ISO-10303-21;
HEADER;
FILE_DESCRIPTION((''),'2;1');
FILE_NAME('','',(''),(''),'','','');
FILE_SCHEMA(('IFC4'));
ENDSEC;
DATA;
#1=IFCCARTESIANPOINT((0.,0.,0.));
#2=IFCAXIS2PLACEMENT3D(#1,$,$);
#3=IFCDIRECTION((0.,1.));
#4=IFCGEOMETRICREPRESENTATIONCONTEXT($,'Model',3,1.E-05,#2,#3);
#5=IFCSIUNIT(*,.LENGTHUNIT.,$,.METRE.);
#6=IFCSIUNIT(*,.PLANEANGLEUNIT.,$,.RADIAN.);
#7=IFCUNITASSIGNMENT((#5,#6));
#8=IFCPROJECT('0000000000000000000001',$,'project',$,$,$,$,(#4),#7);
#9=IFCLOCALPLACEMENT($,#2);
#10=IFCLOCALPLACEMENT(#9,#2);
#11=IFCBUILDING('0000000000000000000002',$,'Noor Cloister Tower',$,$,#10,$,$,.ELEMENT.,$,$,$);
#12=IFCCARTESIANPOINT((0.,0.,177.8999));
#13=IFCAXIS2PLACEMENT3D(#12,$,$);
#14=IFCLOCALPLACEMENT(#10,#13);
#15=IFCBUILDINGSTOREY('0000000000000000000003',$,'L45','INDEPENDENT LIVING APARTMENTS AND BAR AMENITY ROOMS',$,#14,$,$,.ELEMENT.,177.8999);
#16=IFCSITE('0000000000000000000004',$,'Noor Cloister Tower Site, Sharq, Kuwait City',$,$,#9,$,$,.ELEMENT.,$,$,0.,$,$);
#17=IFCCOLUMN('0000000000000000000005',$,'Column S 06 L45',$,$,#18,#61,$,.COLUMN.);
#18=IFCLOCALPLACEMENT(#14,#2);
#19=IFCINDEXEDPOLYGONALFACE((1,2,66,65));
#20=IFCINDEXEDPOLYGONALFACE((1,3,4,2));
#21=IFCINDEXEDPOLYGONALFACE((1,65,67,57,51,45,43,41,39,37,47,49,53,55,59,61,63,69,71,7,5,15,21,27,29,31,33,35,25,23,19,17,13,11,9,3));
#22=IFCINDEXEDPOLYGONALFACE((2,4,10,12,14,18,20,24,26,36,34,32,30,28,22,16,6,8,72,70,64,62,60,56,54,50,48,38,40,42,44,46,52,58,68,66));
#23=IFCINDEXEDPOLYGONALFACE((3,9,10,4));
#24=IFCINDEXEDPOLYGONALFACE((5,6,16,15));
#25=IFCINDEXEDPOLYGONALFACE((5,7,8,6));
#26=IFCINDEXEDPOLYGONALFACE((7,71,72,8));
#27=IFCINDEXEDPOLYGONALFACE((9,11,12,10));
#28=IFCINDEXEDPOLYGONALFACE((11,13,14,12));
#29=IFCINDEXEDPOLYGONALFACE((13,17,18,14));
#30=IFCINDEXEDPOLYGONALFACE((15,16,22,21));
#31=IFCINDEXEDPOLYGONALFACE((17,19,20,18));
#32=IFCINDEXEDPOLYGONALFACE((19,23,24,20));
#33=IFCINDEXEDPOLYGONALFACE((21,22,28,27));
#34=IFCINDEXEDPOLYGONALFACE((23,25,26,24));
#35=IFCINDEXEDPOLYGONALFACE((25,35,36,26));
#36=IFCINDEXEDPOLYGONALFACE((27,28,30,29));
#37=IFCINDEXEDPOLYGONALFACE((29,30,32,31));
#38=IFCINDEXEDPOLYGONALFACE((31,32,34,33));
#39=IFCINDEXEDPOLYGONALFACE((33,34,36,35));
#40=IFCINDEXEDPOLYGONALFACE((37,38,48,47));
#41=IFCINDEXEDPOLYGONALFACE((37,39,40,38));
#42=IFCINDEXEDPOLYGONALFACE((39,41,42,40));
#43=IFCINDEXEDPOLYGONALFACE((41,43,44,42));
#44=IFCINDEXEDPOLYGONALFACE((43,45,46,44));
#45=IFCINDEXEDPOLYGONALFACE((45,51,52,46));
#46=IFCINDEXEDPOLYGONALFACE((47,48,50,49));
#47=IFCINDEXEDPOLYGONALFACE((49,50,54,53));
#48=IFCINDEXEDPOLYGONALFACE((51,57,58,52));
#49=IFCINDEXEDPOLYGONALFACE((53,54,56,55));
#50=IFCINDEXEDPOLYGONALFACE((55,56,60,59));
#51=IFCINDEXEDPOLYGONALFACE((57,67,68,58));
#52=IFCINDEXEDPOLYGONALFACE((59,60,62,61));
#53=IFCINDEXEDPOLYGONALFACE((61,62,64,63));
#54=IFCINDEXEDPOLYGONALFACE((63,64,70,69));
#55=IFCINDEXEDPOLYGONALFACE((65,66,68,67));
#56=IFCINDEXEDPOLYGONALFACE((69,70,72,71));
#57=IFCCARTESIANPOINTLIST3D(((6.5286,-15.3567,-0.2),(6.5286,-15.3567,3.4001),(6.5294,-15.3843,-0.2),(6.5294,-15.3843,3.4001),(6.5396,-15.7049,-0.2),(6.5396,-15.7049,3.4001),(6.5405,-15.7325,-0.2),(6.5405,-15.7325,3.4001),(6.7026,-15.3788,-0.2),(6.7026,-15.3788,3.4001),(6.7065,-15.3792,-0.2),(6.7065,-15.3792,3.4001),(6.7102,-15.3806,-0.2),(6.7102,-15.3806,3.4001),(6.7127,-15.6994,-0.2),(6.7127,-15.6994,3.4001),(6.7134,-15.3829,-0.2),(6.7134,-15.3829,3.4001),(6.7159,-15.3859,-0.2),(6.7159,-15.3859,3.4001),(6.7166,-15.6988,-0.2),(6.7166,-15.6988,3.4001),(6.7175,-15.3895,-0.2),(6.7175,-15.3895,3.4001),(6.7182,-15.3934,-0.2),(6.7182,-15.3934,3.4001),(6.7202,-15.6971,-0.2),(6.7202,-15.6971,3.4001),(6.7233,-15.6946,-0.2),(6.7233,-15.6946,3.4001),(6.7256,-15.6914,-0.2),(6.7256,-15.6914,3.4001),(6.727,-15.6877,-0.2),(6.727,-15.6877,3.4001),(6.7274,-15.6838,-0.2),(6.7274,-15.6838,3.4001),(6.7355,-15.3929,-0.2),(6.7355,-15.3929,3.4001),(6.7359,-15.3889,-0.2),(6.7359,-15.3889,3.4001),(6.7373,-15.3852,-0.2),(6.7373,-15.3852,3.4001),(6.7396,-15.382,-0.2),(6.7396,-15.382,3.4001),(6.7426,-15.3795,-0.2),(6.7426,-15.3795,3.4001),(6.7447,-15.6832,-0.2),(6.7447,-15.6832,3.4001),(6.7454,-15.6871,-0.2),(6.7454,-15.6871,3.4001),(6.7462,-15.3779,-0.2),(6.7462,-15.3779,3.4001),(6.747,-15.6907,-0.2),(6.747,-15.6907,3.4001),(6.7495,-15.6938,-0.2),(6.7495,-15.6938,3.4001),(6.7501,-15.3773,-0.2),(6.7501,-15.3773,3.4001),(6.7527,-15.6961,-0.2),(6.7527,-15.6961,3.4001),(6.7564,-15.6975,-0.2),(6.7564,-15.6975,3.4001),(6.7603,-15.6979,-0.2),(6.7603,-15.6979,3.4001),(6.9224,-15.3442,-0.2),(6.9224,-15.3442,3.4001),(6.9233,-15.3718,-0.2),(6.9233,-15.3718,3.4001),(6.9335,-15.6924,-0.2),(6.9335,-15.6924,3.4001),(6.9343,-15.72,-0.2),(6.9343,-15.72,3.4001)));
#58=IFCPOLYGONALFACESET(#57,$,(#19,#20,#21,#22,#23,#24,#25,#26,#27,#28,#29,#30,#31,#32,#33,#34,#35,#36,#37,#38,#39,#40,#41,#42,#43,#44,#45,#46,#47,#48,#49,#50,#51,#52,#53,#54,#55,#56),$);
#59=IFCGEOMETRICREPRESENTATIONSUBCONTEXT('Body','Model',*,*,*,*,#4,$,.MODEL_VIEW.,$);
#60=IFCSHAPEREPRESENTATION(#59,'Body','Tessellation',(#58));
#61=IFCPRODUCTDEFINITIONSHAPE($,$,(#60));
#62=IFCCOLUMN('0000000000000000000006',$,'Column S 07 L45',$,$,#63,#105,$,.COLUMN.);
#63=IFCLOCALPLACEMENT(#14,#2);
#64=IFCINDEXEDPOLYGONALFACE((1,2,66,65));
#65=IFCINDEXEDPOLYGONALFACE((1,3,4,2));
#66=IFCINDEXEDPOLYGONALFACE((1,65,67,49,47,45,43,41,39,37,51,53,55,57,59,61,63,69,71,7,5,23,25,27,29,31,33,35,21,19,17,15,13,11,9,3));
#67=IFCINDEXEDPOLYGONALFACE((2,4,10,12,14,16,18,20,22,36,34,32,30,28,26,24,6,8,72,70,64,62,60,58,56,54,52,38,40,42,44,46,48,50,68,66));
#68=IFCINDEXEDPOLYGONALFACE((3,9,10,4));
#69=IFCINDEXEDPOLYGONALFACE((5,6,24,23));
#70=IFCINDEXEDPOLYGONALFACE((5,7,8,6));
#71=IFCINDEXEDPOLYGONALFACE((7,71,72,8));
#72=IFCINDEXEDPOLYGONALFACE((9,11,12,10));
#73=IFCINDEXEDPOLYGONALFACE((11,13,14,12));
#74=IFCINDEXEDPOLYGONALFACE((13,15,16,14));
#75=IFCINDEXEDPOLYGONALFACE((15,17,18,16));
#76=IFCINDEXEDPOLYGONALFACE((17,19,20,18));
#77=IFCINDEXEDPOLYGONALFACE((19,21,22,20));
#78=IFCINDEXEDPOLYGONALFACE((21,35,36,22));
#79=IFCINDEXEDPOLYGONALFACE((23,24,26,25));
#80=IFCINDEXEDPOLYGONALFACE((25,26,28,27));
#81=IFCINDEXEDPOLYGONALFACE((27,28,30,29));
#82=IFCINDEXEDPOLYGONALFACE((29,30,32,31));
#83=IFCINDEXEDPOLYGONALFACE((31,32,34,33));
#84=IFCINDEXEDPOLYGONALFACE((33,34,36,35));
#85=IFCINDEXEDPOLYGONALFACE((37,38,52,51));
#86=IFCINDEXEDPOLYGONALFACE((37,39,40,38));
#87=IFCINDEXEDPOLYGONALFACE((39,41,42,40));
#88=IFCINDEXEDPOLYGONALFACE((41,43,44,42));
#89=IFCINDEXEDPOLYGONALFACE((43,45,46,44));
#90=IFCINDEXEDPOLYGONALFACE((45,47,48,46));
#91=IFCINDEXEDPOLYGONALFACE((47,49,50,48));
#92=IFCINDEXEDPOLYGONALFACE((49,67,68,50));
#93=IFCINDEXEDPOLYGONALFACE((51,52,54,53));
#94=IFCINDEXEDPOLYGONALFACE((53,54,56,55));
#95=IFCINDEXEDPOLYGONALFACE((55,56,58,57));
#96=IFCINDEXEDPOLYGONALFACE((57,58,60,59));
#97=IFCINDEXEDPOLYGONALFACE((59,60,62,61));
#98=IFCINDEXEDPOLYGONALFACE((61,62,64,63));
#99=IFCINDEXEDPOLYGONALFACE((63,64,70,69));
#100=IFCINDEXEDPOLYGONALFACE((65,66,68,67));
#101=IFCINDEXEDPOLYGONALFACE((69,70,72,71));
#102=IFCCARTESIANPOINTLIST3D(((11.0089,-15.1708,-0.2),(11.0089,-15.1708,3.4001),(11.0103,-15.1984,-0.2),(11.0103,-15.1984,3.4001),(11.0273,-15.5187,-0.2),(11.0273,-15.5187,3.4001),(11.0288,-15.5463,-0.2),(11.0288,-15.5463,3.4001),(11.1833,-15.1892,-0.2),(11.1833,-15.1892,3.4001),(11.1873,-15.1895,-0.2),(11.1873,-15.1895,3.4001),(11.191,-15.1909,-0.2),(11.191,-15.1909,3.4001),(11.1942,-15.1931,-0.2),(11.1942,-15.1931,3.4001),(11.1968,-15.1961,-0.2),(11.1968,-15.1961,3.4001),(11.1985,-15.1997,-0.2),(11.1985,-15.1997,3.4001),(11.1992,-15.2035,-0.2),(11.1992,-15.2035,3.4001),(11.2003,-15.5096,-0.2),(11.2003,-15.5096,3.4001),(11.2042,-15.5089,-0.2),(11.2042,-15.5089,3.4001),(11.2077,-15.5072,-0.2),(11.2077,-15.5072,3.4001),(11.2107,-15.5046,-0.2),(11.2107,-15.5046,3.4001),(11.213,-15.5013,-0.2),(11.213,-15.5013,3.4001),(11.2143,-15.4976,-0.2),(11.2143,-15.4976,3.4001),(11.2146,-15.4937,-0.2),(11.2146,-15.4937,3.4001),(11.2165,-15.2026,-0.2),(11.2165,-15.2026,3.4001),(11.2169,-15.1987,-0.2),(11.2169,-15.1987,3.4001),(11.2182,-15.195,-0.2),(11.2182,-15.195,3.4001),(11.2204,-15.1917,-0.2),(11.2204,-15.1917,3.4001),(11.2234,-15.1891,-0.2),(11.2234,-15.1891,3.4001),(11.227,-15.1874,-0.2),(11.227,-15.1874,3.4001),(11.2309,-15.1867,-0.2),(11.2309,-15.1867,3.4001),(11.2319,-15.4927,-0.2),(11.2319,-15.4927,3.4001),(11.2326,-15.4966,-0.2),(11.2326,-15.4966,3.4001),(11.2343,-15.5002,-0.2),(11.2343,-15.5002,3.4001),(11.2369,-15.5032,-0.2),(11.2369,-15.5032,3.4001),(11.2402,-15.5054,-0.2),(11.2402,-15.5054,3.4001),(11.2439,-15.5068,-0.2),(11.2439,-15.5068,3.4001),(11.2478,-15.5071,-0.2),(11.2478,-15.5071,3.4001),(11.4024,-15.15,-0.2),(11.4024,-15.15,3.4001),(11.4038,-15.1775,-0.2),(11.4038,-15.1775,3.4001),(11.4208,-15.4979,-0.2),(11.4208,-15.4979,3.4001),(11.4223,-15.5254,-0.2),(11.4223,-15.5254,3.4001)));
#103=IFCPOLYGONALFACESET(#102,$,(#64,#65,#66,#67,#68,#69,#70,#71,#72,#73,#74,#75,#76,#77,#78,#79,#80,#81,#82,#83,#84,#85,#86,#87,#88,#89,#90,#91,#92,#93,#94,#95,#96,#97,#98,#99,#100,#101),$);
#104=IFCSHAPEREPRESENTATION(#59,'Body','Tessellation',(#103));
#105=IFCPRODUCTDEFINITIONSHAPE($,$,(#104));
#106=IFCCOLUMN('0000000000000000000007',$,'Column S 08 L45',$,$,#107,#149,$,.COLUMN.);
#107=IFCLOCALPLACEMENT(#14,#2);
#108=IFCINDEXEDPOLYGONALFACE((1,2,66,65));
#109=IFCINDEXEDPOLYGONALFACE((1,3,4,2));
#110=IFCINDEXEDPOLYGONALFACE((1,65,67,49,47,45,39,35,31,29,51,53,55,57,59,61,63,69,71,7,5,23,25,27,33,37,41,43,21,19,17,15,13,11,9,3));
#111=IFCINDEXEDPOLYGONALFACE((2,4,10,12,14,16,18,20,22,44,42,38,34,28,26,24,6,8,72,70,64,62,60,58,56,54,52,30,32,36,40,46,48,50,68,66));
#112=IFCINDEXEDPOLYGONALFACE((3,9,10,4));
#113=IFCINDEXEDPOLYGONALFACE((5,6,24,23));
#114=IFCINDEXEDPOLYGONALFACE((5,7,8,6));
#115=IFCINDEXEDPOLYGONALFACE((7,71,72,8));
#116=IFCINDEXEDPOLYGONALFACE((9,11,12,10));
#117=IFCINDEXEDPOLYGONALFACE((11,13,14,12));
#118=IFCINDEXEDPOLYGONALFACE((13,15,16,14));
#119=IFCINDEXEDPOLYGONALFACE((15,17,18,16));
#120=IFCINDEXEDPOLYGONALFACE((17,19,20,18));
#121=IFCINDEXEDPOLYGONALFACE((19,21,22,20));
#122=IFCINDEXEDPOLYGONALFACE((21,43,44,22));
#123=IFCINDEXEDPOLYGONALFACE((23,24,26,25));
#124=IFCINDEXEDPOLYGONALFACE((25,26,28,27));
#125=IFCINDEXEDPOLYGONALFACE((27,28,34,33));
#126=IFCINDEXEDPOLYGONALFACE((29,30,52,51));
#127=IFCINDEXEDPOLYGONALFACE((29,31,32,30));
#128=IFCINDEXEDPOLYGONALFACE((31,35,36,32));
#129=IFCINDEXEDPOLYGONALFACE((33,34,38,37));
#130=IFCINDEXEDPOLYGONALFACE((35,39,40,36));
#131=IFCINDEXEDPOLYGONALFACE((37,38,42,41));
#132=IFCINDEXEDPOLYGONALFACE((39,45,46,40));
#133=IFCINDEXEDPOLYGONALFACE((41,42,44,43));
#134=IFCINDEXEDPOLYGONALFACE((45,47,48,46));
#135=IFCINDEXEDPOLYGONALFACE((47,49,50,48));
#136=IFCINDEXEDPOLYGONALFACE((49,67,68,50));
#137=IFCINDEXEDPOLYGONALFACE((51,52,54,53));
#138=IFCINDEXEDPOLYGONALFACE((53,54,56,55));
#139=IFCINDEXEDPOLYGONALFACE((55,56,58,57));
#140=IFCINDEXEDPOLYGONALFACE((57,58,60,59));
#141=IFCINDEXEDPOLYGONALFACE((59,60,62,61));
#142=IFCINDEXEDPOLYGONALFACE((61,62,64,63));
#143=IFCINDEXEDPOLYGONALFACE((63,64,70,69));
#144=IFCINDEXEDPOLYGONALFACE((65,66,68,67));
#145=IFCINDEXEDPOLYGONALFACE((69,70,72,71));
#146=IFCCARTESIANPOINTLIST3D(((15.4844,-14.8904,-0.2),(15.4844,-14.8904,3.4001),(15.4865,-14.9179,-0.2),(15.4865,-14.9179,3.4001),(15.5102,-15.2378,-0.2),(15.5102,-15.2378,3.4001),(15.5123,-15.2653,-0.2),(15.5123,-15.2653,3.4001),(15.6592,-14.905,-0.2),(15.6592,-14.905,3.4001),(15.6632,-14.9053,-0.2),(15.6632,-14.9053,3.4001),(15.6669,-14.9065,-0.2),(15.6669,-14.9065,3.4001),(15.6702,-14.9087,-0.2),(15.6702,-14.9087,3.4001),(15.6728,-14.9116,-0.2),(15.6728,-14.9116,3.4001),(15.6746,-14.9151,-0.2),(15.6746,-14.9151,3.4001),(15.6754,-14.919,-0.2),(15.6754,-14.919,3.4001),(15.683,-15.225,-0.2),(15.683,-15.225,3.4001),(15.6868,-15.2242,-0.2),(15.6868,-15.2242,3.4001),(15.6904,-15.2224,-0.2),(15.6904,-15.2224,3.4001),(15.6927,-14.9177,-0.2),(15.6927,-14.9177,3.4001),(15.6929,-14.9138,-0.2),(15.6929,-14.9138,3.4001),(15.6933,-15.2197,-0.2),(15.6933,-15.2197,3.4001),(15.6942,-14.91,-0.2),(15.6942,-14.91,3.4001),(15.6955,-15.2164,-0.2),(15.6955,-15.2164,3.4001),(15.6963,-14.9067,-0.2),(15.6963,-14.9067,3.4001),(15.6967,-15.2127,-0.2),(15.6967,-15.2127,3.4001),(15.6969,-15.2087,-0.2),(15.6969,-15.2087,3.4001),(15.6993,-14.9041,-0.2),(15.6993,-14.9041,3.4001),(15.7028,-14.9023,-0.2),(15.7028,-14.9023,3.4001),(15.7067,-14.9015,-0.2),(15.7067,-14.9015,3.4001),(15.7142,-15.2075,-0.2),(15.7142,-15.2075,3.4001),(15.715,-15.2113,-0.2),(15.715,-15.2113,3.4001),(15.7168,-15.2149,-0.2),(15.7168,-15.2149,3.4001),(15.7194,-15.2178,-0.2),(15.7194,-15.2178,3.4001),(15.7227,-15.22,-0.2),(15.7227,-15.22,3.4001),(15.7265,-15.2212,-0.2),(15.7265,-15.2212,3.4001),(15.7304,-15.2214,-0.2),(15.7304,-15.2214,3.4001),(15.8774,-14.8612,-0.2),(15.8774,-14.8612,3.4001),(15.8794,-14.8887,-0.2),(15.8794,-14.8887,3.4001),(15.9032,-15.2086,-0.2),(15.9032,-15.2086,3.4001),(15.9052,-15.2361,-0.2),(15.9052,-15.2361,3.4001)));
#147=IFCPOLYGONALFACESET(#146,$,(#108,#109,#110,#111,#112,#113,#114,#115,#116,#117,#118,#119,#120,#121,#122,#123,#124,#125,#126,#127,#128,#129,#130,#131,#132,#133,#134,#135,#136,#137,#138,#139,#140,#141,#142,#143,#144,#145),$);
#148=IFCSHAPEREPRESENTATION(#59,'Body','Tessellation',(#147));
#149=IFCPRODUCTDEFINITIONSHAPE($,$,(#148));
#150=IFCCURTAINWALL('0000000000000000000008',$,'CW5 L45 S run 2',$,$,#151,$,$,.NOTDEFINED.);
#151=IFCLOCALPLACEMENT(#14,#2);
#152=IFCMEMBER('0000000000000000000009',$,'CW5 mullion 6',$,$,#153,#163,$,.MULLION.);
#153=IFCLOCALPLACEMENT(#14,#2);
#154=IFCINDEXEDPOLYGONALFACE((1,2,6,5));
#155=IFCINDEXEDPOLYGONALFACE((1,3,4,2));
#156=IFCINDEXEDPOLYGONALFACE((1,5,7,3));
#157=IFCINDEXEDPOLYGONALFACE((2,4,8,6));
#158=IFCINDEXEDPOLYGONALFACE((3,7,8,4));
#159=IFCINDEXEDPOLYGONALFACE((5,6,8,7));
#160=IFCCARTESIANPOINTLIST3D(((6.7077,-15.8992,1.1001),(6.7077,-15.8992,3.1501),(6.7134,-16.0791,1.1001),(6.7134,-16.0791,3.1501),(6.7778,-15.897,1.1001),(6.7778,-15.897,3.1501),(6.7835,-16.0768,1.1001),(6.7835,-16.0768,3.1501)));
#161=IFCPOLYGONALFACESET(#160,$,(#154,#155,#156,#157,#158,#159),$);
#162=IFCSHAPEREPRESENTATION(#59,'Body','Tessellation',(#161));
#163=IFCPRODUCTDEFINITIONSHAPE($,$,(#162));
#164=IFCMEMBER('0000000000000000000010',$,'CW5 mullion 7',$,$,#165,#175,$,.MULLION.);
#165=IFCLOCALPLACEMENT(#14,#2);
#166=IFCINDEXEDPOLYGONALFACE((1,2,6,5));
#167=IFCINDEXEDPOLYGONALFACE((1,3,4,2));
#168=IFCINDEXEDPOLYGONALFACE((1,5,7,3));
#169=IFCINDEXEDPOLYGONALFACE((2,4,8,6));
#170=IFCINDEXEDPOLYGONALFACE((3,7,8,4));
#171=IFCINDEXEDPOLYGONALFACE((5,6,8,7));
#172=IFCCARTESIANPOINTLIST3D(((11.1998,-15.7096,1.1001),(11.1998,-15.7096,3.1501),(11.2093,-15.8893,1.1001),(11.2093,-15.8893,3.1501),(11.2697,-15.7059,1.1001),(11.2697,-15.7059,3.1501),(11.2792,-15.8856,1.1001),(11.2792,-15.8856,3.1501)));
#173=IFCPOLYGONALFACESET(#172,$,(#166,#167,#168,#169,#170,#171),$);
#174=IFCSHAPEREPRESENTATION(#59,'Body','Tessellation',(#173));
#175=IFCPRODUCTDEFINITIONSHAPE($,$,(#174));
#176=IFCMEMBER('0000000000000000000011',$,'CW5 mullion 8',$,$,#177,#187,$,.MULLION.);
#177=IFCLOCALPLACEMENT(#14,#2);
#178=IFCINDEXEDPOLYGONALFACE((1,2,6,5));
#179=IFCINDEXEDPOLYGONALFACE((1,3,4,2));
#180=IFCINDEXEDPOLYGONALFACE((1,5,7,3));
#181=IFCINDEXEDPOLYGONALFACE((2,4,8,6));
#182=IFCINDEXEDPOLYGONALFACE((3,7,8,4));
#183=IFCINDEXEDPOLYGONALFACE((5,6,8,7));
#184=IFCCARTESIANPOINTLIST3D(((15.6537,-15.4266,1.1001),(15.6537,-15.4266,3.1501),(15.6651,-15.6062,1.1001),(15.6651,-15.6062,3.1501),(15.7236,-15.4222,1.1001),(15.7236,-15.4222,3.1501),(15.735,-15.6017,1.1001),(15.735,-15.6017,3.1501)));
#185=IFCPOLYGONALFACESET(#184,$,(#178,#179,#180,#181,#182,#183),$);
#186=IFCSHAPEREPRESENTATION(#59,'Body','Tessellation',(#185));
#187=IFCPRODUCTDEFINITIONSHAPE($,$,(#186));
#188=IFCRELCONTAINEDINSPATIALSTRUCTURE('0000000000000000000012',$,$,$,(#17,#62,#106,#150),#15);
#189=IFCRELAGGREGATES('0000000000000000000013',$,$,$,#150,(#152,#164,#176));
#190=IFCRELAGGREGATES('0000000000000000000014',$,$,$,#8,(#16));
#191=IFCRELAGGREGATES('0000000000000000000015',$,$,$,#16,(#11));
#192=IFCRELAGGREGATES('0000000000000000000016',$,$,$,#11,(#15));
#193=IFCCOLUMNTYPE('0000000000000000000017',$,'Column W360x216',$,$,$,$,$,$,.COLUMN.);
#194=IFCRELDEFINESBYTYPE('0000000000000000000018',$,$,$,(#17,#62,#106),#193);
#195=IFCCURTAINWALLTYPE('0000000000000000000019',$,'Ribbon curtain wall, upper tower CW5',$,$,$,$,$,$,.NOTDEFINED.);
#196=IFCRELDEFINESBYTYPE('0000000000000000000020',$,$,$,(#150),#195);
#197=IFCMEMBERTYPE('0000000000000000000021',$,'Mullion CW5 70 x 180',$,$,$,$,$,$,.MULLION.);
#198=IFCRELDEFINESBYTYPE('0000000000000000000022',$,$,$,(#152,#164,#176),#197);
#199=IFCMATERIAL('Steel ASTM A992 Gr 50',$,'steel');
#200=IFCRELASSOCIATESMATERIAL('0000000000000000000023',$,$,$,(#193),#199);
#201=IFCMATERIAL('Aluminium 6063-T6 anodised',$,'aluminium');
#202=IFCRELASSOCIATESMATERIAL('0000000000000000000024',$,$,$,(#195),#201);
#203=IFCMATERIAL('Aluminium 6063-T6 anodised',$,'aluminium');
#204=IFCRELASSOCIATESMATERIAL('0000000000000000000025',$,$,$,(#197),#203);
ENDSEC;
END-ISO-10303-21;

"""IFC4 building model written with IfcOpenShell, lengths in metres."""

from ifc_helpers import new_model, si_unit, direction, frame, origin, origin_2d, place, context, subcontext, project, spatial, rectangle, i_section, extrude, material, material_profile, profile_set, type_object, element, aggregate, save


model = new_model("IFC4")

# Units and contexts
model_context = context("Model", 3, precision=1e-05, world=origin(), true_north=direction((0.0, 1.0)))
body_context = subcontext(model_context, "Body", "Model", "MODEL_VIEW")
ifc_project = project(units=[si_unit("LENGTHUNIT", "METRE"), si_unit("PLANEANGLEUNIT", "RADIAN")], contexts=[model_context])

# Site, building, storey
site_placement = place(None, origin())
site = spatial("IfcSite", under=ifc_project, at=site_placement, Name="Noor Cloister Tower Site, Sharq, Kuwait City", CompositionType="ELEMENT", RefElevation=0.0)
building_placement = place(site_placement, origin())
building = spatial("IfcBuilding", under=site, at=building_placement, Name="Noor Cloister Tower", CompositionType="ELEMENT")
storey_placement = place(building_placement, frame((0.0, 0.0, 177.8999)))
storey = spatial("IfcBuildingStorey", under=building, at=storey_placement, Name="L45", Description="INDEPENDENT LIVING APARTMENTS AND BAR AMENITY ROOMS", CompositionType="ELEMENT", Elevation=177.8999)

# Columns
ifc_material_1 = material(Name="Steel ASTM A992 Gr 50", Category="steel")
ifc_material_profile_1 = material_profile(ifc_material_1, i_section(OverallWidth=0.394, OverallDepth=0.376, WebThickness=0.0173, FlangeThickness=0.0276, FilletRadius=0.0151, at=origin_2d()), Name="W360x216")
ifc_profile_set_1 = profile_set([ifc_material_profile_1], Name="Steel ASTM A992 Gr 50")
column_type = type_object("IfcColumnType", Name="Column W360x216", PredefinedType="COLUMN", material=ifc_profile_set_1)
for number, where, z_axis, x_axis, name in (
    (1, (6.7314, -15.5383, -0.2), (0.0, 0.0, 1.0), (0.999495, 0.031767, 0.0), "Column S 06 L45"),
    (2, (11.2156, -15.3481, -0.2), (0.0, 0.0, 1.0), (0.998598, 0.052929, 0.0), "Column S 07 L45"),
    (3, (15.6948, -15.0632, -0.2), (0.0, 0.0, 1.0), (0.997253, 0.074068, 0.0), "Column S 08 L45"),
):
    element("IfcColumn", number, at=place(storey_placement, frame(where, z_axis=z_axis, x_axis=x_axis)), inside=storey, type_object=column_type, Name=name, PredefinedType="COLUMN", context=body_context, shape_type="SweptSolid", body=[
        extrude(i_section(OverallWidth=0.394, OverallDepth=0.376, WebThickness=0.0173, FlangeThickness=0.0276, FilletRadius=0.0151, at=origin_2d()), origin(), (0.0, 0.0, 1.0), 3.6001),
    ])

# Curtain wall, members
ifc_material_2 = material(Name="Aluminium 6063-T6 anodised", Category="aluminium")
curtain_wall_type = type_object("IfcCurtainWallType", Name="Ribbon curtain wall, upper tower CW5", PredefinedType="NOTDEFINED", material=ifc_material_2)
curtain_wall_placement = place(storey_placement, origin())
curtain_wall = element("IfcCurtainWall", 4, at=curtain_wall_placement, inside=storey, type_object=curtain_wall_type, Name="CW5 L45 S run 2", PredefinedType="NOTDEFINED")
ifc_material_3 = material(Name="Aluminium 6063-T6 anodised", Category="aluminium")
ifc_material_profile_2 = material_profile(ifc_material_3, rectangle(XDim=0.1799, YDim=0.0701, at=origin_2d()), Name="180 x 70 mullion")
ifc_profile_set_2 = profile_set([ifc_material_profile_2], Name="Aluminium 6063-T6 anodised")
member_type = type_object("IfcMemberType", Name="Mullion CW5 70 x 180", PredefinedType="MULLION", material=ifc_profile_set_2)
member_1_placement = place(storey_placement, frame((6.7456, -15.988, 1.1001), z_axis=(0.0, 0.0, 1.0), x_axis=(-0.031767, 0.999495, 0.0)))
member_1 = element("IfcMember", 5, at=member_1_placement, type_object=member_type, Name="CW5 mullion 6", PredefinedType="MULLION", context=body_context, shape_type="SweptSolid", body=[
    extrude(rectangle(XDim=0.1799, YDim=0.0701, at=origin_2d()), origin(), (0.0, 0.0, 1.0), 2.05),
])
member_2_placement = place(storey_placement, frame((11.2395, -15.7976, 1.1001), z_axis=(0.0, 0.0, 1.0), x_axis=(-0.052929, 0.998598, 0.0)))
member_2 = element("IfcMember", 6, at=member_2_placement, type_object=member_type, Name="CW5 mullion 7", PredefinedType="MULLION", context=body_context, shape_type="SweptSolid", body=[
    extrude(rectangle(XDim=0.1799, YDim=0.0701, at=origin_2d()), origin(), (0.0, 0.0, 1.0), 2.05),
])
member_3_placement = place(storey_placement, frame((15.6943, -15.5142, 1.1001), z_axis=(0.0, 0.0, 1.0), x_axis=(-0.063502, 0.997982, 0.0)))
member_3 = element("IfcMember", 7, at=member_3_placement, type_object=member_type, Name="CW5 mullion 8", PredefinedType="MULLION", context=body_context, shape_type="SweptSolid", body=[
    extrude(rectangle(XDim=0.1799, YDim=0.0701, at=origin_2d()), origin(), (0.0, 0.0, 1.0), 2.05),
])

aggregate(curtain_wall, [member_1, member_2, member_3])

save(model, "model.ifc")
